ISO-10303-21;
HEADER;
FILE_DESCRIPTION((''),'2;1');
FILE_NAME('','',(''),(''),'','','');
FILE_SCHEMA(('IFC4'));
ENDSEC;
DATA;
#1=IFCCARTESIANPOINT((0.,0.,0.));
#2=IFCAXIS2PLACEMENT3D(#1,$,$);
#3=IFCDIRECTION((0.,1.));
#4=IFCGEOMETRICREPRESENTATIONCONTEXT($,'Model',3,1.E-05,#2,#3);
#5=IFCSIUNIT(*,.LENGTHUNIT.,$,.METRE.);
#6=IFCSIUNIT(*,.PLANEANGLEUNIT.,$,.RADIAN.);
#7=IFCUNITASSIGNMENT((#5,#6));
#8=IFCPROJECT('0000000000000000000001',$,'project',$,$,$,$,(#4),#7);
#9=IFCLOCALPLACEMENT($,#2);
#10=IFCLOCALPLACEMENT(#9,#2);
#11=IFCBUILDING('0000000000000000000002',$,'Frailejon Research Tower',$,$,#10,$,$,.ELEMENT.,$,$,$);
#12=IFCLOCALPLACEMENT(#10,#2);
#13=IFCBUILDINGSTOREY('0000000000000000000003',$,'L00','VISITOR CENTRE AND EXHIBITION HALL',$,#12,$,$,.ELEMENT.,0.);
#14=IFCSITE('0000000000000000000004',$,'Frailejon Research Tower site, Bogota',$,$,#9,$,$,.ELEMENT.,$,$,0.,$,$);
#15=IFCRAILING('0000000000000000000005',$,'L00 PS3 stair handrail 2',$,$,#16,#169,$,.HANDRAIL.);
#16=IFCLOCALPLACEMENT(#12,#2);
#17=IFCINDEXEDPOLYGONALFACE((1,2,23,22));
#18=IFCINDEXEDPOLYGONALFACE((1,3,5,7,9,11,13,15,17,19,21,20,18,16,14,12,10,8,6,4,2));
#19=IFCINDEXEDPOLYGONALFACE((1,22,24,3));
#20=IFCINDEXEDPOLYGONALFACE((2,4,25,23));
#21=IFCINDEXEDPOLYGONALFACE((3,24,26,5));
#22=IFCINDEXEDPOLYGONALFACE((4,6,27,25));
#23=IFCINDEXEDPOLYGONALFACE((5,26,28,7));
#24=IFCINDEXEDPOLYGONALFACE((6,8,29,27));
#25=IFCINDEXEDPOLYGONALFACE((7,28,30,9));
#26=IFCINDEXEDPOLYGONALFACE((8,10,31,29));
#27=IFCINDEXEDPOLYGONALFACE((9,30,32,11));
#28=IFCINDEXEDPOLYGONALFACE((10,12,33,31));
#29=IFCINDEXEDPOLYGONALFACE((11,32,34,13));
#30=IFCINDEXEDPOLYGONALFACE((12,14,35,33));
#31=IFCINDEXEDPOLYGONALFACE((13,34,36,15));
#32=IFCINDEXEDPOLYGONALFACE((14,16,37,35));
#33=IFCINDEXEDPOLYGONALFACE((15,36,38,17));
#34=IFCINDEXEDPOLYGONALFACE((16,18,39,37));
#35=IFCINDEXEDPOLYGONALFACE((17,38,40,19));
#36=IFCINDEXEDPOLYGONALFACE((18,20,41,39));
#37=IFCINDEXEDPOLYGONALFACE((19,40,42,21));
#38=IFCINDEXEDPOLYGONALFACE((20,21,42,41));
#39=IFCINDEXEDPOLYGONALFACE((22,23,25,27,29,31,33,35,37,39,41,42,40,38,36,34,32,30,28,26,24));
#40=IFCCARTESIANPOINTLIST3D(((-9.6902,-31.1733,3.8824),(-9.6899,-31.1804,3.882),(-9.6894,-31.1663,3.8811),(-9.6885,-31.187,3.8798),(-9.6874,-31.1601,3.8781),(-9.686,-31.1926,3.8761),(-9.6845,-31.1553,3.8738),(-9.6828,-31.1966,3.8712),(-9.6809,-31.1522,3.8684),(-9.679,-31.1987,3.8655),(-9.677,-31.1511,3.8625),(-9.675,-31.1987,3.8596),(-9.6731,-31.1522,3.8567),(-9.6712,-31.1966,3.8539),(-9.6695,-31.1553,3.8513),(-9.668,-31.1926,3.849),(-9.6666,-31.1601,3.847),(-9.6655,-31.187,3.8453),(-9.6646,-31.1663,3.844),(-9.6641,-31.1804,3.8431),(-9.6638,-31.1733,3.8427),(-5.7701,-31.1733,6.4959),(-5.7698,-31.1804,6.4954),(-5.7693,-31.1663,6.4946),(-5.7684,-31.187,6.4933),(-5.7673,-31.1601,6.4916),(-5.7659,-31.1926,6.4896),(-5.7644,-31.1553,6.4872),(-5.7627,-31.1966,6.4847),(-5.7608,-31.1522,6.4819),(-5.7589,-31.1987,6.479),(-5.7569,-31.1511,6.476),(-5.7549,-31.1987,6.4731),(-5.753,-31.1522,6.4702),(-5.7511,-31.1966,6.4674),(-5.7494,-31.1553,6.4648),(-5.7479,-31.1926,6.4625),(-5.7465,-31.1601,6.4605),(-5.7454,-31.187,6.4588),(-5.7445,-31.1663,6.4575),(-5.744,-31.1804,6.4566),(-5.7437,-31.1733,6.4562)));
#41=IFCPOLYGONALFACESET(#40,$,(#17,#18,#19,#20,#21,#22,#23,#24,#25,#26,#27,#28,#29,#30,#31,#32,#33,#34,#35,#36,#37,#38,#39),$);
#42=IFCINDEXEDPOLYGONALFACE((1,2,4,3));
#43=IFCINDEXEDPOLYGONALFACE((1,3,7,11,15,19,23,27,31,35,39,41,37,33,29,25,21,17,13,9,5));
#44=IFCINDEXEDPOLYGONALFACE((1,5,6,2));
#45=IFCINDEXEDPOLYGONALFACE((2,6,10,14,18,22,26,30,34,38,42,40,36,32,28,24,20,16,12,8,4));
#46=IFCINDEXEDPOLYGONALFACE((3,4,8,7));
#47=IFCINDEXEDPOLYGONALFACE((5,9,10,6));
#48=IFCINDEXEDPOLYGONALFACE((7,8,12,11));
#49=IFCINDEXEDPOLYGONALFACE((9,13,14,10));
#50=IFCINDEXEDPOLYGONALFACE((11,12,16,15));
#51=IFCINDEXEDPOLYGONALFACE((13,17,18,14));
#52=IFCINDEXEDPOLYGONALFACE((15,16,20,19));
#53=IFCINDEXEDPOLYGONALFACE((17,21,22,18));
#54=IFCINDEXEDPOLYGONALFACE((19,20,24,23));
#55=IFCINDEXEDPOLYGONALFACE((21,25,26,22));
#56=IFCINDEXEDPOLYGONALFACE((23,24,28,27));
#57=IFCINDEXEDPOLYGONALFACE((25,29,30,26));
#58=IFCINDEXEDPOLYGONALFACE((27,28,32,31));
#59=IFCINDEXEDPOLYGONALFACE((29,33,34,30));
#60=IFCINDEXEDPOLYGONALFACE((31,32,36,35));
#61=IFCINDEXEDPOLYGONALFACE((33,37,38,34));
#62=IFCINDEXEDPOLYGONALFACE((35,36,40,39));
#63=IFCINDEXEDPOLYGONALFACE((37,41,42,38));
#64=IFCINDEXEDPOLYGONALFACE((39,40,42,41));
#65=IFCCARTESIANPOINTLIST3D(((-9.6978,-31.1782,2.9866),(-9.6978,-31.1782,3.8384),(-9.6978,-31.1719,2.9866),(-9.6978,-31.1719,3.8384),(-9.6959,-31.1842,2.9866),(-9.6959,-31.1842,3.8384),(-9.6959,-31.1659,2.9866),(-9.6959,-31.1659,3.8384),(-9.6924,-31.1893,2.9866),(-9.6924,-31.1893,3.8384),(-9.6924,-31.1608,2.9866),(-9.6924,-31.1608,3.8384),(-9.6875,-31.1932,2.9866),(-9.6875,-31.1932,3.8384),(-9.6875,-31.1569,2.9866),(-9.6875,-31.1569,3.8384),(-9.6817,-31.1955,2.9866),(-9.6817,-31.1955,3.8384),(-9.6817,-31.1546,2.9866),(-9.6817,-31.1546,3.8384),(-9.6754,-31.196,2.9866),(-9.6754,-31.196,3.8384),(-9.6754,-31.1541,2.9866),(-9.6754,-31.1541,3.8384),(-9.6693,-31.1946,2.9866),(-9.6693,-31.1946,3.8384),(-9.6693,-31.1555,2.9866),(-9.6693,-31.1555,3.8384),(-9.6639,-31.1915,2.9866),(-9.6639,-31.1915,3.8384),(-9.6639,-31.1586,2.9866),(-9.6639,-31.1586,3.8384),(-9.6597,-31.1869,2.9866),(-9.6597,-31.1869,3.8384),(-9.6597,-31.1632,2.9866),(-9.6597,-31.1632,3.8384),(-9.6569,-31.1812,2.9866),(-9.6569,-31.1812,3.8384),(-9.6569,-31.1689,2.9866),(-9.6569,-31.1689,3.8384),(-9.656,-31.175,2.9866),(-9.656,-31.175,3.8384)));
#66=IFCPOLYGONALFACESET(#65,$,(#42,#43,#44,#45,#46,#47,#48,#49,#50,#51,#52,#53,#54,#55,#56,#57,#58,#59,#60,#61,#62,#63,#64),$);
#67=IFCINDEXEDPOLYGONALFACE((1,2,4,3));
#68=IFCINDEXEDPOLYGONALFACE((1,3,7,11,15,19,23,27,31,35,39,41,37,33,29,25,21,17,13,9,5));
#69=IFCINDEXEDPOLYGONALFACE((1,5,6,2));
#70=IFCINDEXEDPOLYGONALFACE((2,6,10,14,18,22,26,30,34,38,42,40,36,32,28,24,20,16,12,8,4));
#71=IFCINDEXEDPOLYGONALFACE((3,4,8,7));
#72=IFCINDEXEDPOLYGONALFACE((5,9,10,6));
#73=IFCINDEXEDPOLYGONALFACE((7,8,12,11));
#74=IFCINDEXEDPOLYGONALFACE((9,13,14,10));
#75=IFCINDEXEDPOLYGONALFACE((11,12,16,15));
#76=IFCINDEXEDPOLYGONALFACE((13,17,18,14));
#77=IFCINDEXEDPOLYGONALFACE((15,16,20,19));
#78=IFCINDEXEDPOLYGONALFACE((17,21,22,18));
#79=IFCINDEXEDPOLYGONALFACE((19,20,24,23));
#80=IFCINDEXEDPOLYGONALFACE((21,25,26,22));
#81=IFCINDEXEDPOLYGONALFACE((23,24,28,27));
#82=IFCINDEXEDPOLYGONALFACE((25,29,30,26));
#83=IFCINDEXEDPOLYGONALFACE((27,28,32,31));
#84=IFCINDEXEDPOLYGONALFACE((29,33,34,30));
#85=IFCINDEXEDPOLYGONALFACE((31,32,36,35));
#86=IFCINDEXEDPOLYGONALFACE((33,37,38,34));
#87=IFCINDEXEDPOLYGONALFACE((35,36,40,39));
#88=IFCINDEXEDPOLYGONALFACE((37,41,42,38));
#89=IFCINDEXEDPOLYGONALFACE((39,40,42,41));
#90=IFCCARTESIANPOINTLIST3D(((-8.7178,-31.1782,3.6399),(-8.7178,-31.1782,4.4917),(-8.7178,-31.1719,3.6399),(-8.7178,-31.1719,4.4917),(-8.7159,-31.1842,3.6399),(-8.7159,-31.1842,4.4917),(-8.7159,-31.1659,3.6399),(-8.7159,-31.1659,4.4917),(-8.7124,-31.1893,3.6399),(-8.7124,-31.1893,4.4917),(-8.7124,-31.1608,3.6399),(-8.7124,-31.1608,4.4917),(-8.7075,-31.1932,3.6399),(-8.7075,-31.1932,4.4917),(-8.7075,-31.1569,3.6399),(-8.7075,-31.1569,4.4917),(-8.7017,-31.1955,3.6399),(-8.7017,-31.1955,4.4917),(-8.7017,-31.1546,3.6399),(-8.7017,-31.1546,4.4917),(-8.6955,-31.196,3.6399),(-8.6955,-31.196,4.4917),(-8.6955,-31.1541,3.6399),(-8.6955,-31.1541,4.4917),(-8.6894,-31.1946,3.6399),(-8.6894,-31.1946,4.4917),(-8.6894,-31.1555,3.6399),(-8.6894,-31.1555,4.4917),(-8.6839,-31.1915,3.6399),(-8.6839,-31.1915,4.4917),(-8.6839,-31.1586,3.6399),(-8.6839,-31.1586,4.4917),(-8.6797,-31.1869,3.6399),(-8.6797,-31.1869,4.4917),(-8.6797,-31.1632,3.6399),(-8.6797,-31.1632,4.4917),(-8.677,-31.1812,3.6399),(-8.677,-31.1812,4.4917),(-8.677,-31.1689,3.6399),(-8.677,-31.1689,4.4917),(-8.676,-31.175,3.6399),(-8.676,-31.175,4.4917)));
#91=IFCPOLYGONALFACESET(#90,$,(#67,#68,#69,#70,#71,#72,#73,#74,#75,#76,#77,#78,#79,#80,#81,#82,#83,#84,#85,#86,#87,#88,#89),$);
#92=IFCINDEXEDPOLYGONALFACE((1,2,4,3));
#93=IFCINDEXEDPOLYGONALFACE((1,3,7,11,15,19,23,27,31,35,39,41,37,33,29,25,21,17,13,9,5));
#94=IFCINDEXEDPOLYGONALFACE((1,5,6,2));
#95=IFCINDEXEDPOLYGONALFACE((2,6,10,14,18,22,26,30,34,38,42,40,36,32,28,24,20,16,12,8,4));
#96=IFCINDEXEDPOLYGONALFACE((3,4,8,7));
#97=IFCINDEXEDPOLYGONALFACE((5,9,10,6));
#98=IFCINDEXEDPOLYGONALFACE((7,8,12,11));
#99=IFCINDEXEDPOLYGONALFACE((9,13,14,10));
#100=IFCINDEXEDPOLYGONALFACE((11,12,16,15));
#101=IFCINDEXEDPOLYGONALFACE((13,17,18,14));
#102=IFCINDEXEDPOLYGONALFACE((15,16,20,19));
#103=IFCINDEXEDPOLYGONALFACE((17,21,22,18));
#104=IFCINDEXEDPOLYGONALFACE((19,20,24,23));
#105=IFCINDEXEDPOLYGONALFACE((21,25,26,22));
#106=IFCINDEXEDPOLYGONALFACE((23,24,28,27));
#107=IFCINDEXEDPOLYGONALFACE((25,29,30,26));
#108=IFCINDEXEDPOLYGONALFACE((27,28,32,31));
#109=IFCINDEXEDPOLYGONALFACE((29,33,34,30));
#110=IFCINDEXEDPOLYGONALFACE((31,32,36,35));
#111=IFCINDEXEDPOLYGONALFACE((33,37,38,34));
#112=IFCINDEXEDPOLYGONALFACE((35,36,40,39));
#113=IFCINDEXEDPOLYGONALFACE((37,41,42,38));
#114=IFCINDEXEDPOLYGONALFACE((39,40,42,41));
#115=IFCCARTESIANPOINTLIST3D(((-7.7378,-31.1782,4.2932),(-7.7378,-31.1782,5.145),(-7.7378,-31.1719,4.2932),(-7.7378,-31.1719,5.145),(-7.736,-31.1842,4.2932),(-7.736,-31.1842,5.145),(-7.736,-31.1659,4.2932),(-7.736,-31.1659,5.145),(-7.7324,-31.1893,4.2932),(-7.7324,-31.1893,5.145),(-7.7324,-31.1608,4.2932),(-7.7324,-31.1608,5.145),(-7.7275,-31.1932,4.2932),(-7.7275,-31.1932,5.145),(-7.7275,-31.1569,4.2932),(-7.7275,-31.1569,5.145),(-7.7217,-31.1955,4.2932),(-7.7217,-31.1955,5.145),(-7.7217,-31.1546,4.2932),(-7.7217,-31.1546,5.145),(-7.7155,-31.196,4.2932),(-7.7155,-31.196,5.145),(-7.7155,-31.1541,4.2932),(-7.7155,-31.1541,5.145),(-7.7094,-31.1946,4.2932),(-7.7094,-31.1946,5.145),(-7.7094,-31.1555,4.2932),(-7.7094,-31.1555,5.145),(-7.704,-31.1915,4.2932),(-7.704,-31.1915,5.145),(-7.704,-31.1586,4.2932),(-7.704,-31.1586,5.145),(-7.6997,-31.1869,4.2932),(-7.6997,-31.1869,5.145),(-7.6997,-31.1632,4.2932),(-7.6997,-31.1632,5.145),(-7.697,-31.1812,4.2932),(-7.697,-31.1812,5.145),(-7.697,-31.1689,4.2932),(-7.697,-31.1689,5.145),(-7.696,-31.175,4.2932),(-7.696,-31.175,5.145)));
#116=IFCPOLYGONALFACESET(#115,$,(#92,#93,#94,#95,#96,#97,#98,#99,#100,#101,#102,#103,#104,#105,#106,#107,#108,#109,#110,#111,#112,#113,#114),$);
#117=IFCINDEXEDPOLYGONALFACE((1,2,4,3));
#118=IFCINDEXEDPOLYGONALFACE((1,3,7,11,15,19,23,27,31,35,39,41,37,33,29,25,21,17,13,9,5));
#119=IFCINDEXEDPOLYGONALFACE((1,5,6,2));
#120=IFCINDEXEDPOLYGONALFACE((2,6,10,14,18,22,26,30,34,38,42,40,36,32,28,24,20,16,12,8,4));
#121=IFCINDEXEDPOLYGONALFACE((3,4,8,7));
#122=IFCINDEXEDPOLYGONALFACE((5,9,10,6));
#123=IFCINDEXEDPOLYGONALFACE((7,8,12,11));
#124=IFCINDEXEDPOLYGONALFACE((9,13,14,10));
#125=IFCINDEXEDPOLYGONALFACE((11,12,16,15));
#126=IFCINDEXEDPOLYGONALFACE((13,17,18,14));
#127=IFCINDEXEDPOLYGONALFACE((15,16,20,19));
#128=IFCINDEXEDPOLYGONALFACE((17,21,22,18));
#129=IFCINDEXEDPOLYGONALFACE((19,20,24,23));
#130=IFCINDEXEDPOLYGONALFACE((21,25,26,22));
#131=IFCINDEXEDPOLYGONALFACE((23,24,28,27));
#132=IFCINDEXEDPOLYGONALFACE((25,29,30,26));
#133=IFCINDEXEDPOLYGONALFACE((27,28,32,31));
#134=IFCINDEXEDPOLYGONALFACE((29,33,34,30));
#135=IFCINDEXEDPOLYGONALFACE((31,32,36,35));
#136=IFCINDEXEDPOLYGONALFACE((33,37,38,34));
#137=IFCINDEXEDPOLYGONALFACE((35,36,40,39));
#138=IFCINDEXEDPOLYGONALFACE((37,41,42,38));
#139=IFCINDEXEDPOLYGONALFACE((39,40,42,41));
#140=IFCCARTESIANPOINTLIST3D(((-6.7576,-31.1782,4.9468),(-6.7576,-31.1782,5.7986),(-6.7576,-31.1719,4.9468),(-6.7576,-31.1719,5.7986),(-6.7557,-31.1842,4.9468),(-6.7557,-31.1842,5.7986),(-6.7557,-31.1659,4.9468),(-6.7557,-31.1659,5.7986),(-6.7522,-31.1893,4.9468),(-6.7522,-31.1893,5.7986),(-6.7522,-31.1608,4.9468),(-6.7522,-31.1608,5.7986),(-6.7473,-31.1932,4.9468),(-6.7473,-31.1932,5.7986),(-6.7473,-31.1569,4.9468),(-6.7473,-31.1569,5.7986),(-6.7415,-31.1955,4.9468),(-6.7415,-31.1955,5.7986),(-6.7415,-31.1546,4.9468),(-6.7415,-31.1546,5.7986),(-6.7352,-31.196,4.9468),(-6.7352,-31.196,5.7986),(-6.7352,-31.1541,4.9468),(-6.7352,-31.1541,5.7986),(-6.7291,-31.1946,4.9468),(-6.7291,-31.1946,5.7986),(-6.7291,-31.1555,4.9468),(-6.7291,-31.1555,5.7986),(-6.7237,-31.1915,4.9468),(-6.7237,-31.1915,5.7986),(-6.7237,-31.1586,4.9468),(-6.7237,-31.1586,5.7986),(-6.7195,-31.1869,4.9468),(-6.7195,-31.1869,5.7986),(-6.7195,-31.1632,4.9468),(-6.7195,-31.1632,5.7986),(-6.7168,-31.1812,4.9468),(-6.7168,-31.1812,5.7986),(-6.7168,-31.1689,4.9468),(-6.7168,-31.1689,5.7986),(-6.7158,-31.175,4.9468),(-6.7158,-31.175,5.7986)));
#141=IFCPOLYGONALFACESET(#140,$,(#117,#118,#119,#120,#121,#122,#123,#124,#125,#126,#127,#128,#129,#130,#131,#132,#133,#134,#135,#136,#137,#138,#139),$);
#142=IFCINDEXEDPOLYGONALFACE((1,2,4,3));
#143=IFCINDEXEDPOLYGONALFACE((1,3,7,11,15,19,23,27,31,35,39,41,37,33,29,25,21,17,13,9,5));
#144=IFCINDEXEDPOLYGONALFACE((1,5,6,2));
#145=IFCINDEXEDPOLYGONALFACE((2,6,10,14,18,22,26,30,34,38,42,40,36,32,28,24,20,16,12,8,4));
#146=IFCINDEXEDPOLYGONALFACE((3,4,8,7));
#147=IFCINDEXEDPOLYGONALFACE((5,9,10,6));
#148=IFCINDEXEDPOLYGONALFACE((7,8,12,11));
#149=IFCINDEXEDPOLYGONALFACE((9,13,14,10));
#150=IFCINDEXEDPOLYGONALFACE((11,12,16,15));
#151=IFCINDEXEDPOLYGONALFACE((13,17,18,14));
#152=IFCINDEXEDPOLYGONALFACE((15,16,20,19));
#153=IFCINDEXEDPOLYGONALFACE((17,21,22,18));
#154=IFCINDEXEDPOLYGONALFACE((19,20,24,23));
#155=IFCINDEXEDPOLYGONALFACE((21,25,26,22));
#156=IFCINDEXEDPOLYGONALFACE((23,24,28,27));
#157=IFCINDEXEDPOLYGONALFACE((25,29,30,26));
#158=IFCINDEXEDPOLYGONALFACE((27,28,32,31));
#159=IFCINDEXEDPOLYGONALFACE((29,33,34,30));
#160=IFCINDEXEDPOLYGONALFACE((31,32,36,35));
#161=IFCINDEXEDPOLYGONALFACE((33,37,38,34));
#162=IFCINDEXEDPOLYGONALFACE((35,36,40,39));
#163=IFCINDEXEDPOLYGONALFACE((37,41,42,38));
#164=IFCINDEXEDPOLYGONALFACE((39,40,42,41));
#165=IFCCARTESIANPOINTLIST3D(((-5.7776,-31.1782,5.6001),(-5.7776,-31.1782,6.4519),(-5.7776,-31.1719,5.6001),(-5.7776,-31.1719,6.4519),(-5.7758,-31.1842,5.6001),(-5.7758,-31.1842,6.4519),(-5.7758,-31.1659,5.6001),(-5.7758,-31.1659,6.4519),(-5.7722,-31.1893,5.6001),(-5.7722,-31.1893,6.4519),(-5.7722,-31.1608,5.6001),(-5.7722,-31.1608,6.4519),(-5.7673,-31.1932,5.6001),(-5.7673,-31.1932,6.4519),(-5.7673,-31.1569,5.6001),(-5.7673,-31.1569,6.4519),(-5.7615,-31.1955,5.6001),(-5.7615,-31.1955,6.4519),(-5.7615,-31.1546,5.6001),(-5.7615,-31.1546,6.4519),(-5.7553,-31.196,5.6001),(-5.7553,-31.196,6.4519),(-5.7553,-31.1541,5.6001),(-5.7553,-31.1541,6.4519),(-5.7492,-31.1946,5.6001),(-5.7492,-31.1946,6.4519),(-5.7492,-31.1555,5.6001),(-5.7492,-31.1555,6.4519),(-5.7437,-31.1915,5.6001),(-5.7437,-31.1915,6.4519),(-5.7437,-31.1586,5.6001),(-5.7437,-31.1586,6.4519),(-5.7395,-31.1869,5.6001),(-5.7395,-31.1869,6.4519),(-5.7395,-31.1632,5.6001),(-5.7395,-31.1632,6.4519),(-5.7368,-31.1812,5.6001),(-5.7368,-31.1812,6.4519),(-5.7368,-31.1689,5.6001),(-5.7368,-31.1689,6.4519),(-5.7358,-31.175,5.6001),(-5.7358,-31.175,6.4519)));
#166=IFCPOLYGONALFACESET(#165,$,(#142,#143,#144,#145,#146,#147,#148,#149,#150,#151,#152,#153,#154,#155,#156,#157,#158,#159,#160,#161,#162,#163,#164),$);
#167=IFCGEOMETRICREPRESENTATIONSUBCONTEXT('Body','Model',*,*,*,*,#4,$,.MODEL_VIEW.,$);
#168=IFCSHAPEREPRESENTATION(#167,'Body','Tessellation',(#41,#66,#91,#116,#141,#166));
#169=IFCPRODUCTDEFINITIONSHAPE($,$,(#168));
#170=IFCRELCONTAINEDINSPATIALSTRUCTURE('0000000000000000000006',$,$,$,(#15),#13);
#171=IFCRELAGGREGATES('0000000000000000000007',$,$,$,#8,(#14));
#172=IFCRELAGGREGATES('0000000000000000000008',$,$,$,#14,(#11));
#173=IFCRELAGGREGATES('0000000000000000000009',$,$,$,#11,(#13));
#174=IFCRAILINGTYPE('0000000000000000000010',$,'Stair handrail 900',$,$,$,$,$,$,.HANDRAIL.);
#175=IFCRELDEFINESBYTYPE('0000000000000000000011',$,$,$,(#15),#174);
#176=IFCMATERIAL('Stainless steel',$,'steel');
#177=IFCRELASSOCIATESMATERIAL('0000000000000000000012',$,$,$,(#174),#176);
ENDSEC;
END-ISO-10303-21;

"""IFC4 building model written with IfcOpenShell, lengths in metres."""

from ifc_helpers import new_model, si_unit, direction, frame, origin, origin_2d, place, context, subcontext, project, spatial, circle, extrude, material, type_object, element, save


model = new_model("IFC4")

# Units and contexts
model_context = context("Model", 3, precision=1e-05, world=origin(), true_north=direction((0.0, 1.0)))
body_context = subcontext(model_context, "Body", "Model", "MODEL_VIEW")
ifc_project = project(units=[si_unit("LENGTHUNIT", "METRE"), si_unit("PLANEANGLEUNIT", "RADIAN")], contexts=[model_context])

# Site, building, storey
site_placement = place(None, origin())
site = spatial("IfcSite", under=ifc_project, at=site_placement, Name="Frailejon Research Tower site, Bogota", CompositionType="ELEMENT", RefElevation=0.0)
building_placement = place(site_placement, origin())
building = spatial("IfcBuilding", under=site, at=building_placement, Name="Frailejon Research Tower", CompositionType="ELEMENT")
storey_placement = place(building_placement, origin())
storey = spatial("IfcBuildingStorey", under=building, at=storey_placement, Name="L00", Description="VISITOR CENTRE AND EXHIBITION HALL", CompositionType="ELEMENT", Elevation=0.0)

# Railing
ifc_material_1 = material(Name="Stainless steel", Category="steel")
railing_type = type_object("IfcRailingType", Name="Stair handrail 900", PredefinedType="HANDRAIL", material=ifc_material_1)
railing_placement = place(storey_placement, frame((-9.677, -31.175, 2.9866)))
element("IfcRailing", 1, at=railing_placement, inside=storey, type_object=railing_type, Name="L00 PS3 stair handrail 2", PredefinedType="HANDRAIL", context=body_context, shape_type="SweptSolid", body=[
    extrude(circle(Radius=0.0239, at=origin_2d()), frame((0.0, 0.0, 0.876), z_axis=(0.832042, 0.0, 0.554712), x_axis=(0.0, 1.0, 0.0)), (0.0, 0.0, 1.0), 4.7114),
    extrude(circle(Radius=0.021, at=origin_2d()), origin(), (0.0, 0.0, 1.0), 0.8518),
    extrude(circle(Radius=0.021, at=origin_2d()), frame((0.98, 0.0, 0.6533)), (0.0, 0.0, 1.0), 0.8518),
    extrude(circle(Radius=0.021, at=origin_2d()), frame((1.96, 0.0, 1.3066)), (0.0, 0.0, 1.0), 0.8518),
    extrude(circle(Radius=0.021, at=origin_2d()), frame((2.9402, 0.0, 1.9602)), (0.0, 0.0, 1.0), 0.8518),
    extrude(circle(Radius=0.021, at=origin_2d()), frame((3.9202, 0.0, 2.6135)), (0.0, 0.0, 1.0), 0.8518),
])

save(model, "model.ifc")
